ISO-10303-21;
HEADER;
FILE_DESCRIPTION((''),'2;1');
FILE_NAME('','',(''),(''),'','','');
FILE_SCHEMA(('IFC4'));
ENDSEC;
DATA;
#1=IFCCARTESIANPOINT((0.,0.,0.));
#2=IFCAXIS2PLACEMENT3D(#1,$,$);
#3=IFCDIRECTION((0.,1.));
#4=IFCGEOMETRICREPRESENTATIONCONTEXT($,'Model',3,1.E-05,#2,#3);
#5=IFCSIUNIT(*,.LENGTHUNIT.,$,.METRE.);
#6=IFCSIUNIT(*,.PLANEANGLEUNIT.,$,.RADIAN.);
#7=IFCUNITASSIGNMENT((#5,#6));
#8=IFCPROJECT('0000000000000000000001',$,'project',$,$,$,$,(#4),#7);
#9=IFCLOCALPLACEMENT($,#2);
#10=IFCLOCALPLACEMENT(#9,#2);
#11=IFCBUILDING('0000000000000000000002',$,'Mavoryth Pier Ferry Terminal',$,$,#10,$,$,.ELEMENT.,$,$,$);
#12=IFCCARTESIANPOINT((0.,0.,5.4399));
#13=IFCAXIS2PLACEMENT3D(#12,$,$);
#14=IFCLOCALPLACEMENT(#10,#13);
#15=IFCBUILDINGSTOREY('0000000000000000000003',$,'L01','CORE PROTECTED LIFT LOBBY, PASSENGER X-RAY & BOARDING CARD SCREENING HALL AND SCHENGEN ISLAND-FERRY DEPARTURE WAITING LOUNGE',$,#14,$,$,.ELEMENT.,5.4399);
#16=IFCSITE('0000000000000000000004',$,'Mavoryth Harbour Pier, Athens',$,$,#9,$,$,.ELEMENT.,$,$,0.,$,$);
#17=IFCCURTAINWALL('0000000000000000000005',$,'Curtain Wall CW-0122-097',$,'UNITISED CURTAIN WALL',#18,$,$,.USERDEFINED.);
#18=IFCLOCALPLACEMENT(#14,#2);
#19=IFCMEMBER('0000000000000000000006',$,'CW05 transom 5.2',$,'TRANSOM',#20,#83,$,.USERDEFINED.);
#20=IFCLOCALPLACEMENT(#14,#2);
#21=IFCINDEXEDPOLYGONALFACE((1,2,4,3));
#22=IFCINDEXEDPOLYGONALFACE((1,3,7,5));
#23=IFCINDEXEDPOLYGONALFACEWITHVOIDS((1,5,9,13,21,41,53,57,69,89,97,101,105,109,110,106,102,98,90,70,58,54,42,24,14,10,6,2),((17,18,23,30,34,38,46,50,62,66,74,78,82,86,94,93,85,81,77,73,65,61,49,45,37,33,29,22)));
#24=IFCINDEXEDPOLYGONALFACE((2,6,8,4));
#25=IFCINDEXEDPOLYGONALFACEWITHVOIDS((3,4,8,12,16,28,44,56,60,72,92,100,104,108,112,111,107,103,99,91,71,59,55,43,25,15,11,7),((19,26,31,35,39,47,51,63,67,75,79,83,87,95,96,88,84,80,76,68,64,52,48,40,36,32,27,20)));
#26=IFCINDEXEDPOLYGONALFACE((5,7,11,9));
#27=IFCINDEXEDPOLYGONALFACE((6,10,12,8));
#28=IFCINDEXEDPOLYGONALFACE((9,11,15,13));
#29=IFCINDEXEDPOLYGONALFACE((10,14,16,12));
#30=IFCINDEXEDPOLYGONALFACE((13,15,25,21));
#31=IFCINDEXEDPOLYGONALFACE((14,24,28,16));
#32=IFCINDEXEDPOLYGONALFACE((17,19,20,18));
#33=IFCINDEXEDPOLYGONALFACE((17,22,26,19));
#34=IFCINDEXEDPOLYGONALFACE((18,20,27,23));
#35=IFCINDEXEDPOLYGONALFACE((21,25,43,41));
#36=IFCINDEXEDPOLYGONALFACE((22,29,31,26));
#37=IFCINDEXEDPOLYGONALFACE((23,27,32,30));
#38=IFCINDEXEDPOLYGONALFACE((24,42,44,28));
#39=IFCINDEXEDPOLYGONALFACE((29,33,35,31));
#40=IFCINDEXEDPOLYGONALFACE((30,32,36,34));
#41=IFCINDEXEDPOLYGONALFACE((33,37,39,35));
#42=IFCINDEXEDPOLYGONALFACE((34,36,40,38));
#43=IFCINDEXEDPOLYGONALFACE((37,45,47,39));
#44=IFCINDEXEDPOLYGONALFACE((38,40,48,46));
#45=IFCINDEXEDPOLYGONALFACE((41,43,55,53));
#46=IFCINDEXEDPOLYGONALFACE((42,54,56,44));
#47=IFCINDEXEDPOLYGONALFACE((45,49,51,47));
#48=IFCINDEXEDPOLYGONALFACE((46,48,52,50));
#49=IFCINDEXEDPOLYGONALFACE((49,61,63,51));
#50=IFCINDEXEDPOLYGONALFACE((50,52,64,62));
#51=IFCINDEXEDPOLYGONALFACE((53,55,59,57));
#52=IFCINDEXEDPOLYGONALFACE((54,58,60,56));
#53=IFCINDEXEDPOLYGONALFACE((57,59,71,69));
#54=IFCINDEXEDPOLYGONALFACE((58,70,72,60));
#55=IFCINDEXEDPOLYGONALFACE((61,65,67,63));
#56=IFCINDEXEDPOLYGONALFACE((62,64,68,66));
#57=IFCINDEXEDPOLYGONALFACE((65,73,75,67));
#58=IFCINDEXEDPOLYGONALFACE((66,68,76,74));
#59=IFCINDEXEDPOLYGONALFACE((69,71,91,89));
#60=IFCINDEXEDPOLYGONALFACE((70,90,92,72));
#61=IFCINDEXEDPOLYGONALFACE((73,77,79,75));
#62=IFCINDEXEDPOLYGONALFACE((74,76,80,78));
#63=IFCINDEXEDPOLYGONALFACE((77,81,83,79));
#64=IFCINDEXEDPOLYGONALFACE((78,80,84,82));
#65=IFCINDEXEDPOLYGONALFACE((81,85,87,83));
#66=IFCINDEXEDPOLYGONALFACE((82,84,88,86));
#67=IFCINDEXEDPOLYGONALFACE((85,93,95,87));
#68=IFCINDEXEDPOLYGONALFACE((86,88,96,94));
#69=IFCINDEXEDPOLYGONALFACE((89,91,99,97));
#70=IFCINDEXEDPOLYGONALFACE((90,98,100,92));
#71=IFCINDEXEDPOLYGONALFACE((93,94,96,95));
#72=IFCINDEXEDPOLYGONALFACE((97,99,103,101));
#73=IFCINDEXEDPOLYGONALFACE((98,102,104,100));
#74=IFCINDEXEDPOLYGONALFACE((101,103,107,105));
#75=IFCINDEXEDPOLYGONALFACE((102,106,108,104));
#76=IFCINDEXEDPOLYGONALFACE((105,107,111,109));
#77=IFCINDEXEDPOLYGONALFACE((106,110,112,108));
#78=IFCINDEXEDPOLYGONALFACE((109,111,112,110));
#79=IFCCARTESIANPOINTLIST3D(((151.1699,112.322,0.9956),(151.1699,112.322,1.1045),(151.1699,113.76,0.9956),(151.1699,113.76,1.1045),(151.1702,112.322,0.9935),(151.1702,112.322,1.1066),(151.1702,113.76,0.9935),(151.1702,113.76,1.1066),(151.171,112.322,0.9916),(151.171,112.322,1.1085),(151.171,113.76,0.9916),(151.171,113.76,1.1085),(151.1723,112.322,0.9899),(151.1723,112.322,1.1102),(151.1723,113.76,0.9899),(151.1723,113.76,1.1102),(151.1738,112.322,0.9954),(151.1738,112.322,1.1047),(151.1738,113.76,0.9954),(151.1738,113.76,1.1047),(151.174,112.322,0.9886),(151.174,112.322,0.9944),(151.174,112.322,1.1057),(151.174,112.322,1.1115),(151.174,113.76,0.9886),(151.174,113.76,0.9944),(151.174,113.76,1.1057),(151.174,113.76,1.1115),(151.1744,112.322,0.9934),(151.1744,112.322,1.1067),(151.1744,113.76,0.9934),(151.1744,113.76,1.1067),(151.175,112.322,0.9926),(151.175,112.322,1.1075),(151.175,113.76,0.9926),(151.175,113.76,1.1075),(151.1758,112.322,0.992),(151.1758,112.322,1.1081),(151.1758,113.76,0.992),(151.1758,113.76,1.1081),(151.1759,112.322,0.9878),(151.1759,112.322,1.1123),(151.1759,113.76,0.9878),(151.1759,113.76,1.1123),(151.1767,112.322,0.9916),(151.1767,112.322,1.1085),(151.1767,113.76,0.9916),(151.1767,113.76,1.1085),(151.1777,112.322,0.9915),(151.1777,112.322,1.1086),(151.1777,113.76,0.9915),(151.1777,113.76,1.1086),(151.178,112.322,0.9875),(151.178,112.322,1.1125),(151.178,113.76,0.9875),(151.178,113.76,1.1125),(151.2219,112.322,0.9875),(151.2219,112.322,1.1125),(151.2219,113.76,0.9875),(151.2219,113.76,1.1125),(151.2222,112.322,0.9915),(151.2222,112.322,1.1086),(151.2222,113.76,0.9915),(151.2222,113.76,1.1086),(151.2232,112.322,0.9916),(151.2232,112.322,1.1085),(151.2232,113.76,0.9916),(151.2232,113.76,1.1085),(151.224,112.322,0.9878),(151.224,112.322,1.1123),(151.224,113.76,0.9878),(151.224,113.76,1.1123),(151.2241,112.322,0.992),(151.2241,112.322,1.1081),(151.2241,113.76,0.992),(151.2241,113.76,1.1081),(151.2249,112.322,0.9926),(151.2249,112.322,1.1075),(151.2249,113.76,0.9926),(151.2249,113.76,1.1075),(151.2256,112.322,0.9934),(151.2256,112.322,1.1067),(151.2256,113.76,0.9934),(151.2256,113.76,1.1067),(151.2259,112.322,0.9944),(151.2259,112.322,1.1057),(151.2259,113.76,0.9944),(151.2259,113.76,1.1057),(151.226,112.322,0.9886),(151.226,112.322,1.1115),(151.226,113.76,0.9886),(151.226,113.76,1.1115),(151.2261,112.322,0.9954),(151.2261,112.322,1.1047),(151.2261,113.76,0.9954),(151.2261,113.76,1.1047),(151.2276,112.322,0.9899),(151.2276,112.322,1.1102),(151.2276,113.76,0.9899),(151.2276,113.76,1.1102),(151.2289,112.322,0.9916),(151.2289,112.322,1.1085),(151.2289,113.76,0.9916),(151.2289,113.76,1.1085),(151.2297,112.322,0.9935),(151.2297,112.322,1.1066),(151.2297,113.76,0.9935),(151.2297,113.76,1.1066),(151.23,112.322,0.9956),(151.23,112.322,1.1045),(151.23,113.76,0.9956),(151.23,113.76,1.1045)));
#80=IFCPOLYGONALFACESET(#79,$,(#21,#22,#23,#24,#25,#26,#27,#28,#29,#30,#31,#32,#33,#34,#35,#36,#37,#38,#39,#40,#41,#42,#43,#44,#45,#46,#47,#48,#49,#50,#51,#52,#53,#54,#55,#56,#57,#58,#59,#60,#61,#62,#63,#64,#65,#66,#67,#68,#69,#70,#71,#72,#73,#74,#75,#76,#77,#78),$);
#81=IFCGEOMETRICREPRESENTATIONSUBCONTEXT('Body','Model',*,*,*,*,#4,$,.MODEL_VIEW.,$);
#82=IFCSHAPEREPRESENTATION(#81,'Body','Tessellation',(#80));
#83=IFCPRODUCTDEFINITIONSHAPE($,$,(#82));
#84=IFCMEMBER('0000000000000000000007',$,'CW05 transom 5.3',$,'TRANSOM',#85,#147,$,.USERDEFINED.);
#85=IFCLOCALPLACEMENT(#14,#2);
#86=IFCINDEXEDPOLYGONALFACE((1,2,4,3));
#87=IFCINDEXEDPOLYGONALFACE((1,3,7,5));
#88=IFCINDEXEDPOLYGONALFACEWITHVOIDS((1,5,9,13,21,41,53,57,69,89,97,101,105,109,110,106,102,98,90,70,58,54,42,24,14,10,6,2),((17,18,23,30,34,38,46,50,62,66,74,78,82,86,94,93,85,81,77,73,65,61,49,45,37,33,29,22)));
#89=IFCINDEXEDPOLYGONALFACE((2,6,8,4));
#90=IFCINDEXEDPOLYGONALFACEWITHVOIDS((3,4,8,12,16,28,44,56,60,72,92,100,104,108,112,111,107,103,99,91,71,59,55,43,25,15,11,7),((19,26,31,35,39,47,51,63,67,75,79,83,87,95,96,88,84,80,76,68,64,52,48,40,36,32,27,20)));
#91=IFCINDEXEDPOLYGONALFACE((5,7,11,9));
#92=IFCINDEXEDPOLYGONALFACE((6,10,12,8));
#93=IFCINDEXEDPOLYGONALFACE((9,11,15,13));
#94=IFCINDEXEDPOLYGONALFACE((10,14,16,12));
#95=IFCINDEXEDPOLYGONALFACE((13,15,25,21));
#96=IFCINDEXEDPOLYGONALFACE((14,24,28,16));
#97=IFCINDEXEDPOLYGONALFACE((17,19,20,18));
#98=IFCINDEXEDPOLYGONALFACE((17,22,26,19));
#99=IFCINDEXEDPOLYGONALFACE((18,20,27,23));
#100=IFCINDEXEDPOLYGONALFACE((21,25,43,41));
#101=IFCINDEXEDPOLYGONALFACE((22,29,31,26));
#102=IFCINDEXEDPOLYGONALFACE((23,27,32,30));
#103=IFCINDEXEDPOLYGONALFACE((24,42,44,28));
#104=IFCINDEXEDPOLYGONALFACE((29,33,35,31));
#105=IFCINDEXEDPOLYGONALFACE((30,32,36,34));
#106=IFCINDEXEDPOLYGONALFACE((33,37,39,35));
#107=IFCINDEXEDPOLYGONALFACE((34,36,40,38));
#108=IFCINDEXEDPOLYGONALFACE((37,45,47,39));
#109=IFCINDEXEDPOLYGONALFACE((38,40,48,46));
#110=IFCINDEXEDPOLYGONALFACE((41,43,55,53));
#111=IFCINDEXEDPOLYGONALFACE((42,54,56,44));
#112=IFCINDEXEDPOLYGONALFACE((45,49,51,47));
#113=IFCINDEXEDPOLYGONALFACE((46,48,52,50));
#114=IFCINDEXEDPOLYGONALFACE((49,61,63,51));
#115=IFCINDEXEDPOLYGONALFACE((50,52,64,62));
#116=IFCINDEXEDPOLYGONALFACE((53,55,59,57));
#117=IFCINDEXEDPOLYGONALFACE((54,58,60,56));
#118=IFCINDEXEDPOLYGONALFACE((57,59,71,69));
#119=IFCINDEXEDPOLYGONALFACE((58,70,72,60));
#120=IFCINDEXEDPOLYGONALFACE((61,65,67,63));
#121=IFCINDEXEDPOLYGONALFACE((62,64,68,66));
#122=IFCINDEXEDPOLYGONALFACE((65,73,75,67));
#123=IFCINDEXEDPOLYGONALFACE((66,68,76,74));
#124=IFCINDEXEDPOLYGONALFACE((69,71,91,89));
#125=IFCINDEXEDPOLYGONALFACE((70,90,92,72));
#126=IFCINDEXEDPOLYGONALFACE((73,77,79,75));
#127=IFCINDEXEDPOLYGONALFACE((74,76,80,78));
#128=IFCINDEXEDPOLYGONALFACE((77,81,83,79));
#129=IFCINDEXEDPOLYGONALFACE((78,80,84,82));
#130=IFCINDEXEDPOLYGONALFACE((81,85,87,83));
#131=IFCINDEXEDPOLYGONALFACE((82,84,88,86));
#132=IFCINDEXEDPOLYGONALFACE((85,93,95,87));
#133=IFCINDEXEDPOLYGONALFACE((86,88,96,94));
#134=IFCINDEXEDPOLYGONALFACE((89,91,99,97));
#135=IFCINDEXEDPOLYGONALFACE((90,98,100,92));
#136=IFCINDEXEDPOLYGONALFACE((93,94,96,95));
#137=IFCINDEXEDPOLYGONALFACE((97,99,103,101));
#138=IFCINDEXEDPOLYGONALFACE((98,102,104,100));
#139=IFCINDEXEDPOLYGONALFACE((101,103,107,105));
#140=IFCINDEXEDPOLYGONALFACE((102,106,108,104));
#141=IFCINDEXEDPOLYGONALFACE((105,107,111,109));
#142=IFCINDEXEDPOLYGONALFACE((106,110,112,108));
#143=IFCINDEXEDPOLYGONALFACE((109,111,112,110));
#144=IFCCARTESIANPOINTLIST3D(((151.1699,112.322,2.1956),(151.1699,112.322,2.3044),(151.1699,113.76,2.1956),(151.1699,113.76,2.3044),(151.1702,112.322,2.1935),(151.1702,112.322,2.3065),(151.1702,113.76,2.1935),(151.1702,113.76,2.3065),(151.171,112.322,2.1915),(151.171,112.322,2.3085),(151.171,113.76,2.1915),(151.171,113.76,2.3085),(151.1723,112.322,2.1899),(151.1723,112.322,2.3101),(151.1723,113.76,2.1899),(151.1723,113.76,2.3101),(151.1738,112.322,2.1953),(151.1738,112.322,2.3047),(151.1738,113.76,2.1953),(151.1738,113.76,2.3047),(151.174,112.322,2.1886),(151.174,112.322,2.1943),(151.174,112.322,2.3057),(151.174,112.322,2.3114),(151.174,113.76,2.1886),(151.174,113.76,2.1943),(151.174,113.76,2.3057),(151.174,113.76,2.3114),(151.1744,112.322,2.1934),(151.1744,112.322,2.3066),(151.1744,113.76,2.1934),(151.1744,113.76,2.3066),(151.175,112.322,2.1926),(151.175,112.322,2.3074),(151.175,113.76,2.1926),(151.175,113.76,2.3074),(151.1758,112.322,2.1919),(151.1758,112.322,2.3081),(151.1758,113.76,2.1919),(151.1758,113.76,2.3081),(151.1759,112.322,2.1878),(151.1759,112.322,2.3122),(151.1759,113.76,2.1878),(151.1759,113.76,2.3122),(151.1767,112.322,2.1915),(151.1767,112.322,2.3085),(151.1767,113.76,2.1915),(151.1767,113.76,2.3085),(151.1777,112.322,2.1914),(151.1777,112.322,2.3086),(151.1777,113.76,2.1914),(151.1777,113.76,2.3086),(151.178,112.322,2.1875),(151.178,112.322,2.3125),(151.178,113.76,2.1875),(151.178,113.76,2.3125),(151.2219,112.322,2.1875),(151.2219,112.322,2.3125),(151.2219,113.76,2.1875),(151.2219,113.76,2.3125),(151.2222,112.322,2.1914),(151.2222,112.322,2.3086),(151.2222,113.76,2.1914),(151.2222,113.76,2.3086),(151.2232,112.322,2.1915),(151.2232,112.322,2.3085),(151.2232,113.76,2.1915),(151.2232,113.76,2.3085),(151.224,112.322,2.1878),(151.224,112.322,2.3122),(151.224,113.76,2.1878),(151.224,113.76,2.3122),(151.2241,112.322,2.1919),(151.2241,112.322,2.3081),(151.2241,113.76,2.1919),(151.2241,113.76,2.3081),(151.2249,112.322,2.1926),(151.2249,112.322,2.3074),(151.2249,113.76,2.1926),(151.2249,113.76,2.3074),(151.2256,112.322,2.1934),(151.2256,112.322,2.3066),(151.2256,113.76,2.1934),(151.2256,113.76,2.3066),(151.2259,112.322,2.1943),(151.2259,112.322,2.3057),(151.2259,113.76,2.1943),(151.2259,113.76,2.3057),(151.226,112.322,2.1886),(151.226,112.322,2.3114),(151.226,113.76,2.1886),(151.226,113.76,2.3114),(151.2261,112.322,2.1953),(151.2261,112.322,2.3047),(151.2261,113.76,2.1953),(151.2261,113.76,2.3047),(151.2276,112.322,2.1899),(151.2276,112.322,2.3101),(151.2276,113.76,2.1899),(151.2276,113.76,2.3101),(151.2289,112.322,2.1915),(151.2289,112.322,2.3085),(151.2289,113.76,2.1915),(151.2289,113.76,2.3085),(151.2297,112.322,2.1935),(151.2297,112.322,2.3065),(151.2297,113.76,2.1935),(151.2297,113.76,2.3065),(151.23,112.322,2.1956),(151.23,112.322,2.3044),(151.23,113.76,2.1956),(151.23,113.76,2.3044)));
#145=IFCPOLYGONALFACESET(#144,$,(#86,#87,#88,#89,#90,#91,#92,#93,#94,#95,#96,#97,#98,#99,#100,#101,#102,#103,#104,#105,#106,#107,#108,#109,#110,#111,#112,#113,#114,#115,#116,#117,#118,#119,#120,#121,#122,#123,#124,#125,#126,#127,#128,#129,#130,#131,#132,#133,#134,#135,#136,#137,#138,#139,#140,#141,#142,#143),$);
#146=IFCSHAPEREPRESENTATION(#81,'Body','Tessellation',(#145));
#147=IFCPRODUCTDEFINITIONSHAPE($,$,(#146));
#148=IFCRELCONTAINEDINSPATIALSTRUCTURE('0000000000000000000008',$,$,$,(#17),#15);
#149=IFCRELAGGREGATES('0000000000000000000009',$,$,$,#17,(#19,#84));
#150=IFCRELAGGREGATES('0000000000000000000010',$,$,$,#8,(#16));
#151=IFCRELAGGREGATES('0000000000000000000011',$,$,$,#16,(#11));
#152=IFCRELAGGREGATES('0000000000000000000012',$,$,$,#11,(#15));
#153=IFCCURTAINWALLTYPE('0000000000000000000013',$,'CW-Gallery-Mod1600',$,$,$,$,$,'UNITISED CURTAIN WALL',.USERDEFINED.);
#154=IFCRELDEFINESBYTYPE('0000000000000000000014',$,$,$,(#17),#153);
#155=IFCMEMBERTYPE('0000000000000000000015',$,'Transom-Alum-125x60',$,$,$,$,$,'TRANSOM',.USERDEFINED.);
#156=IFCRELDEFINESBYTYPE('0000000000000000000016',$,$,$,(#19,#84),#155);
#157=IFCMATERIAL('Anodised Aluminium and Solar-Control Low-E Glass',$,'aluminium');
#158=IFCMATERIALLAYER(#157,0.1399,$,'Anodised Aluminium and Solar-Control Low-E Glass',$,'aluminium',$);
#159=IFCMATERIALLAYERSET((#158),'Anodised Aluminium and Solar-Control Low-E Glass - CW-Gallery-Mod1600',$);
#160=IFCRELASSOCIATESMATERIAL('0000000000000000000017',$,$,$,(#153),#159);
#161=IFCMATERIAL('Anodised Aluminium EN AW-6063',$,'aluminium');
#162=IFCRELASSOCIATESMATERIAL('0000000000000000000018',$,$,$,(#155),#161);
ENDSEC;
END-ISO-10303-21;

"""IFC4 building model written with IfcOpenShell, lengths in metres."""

from ifc_helpers import new_model, si_unit, direction, frame, origin, origin_2d, place, context, subcontext, project, spatial, hollow_rectangle, extrude, material, layer, layer_set, material_profile, profile_set, type_object, element, aggregate, save


model = new_model("IFC4")

# Units and contexts
model_context = context("Model", 3, precision=1e-05, world=origin(), true_north=direction((0.0, 1.0)))
body_context = subcontext(model_context, "Body", "Model", "MODEL_VIEW")
ifc_project = project(units=[si_unit("LENGTHUNIT", "METRE"), si_unit("PLANEANGLEUNIT", "RADIAN")], contexts=[model_context])

# Site, building, storey
site_placement = place(None, origin())
site = spatial("IfcSite", under=ifc_project, at=site_placement, Name="Mavoryth Harbour Pier, Athens", CompositionType="ELEMENT", RefElevation=0.0)
building_placement = place(site_placement, origin())
building = spatial("IfcBuilding", under=site, at=building_placement, Name="Mavoryth Pier Ferry Terminal", CompositionType="ELEMENT")
storey_placement = place(building_placement, frame((0.0, 0.0, 5.4399)))
storey = spatial("IfcBuildingStorey", under=building, at=storey_placement, Name="L01", Description="CORE PROTECTED LIFT LOBBY, PASSENGER X-RAY & BOARDING CARD SCREENING HALL AND SCHENGEN ISLAND-FERRY DEPARTURE WAITING LOUNGE", CompositionType="ELEMENT", Elevation=5.4399)

# Curtain wall
ifc_material_1 = material(Name="Anodised Aluminium and Solar-Control Low-E Glass", Category="aluminium")
ifc_layer_1 = layer(ifc_material_1, 0.1399, Name="Anodised Aluminium and Solar-Control Low-E Glass", Category="aluminium")
ifc_layer_set_1 = layer_set([ifc_layer_1], Name="Anodised Aluminium and Solar-Control Low-E Glass - CW-Gallery-Mod1600")
curtain_wall_type = type_object("IfcCurtainWallType", Name="CW-Gallery-Mod1600", ElementType="UNITISED CURTAIN WALL", PredefinedType="USERDEFINED", material=ifc_layer_set_1)
ifc_material_2 = material(Name="Anodised Aluminium EN AW-6063", Category="aluminium")
curtain_wall_1_placement = place(storey_placement, origin())
curtain_wall_1 = element("IfcCurtainWall", 1, at=curtain_wall_1_placement, inside=storey, type_object=curtain_wall_type, Name="Curtain Wall CW-0122-097", ObjectType="UNITISED CURTAIN WALL", PredefinedType="USERDEFINED")

# Members
ifc_material_profile_1 = material_profile(ifc_material_2, hollow_rectangle(XDim=0.0601, YDim=0.125, WallThickness=0.0039, InnerFilletRadius=0.0039, OuterFilletRadius=0.0081, at=origin_2d()), Name="AL-TRAN 125x60x4", Category="aluminium")
ifc_profile_set_1 = profile_set([ifc_material_profile_1], Name="Anodised Aluminium EN AW-6063 - AL-TRAN 125x60x4")
member_type_1 = type_object("IfcMemberType", Name="Transom-Alum-125x60", ElementType="TRANSOM", PredefinedType="USERDEFINED", material=ifc_profile_set_1)
member_1_placement = place(storey_placement, frame((151.2, 112.322, 1.05), z_axis=(0.0, 1.0, 0.0), x_axis=(-1.0, 0.0, 0.0)))
member_1 = element("IfcMember", 2, at=member_1_placement, type_object=member_type_1, Name="CW05 transom 5.2", ObjectType="TRANSOM", PredefinedType="USERDEFINED", context=body_context, shape_type="SweptSolid", body=[
    extrude(hollow_rectangle(XDim=0.0601, YDim=0.125, WallThickness=0.0039, InnerFilletRadius=0.0039, OuterFilletRadius=0.0081, at=origin_2d()), origin(), (0.0, 0.0, 1.0), 1.438),
])
member_2_placement = place(storey_placement, frame((151.2, 112.322, 2.25), z_axis=(0.0, 1.0, 0.0), x_axis=(-1.0, 0.0, 0.0)))
member_2 = element("IfcMember", 3, at=member_2_placement, type_object=member_type_1, Name="CW05 transom 5.3", ObjectType="TRANSOM", PredefinedType="USERDEFINED", context=body_context, shape_type="SweptSolid", body=[
    extrude(hollow_rectangle(XDim=0.0601, YDim=0.125, WallThickness=0.0039, InnerFilletRadius=0.0039, OuterFilletRadius=0.0081, at=origin_2d()), origin(), (0.0, 0.0, 1.0), 1.438),
])

aggregate(curtain_wall_1, [member_1, member_2])

save(model, "model.ifc")
